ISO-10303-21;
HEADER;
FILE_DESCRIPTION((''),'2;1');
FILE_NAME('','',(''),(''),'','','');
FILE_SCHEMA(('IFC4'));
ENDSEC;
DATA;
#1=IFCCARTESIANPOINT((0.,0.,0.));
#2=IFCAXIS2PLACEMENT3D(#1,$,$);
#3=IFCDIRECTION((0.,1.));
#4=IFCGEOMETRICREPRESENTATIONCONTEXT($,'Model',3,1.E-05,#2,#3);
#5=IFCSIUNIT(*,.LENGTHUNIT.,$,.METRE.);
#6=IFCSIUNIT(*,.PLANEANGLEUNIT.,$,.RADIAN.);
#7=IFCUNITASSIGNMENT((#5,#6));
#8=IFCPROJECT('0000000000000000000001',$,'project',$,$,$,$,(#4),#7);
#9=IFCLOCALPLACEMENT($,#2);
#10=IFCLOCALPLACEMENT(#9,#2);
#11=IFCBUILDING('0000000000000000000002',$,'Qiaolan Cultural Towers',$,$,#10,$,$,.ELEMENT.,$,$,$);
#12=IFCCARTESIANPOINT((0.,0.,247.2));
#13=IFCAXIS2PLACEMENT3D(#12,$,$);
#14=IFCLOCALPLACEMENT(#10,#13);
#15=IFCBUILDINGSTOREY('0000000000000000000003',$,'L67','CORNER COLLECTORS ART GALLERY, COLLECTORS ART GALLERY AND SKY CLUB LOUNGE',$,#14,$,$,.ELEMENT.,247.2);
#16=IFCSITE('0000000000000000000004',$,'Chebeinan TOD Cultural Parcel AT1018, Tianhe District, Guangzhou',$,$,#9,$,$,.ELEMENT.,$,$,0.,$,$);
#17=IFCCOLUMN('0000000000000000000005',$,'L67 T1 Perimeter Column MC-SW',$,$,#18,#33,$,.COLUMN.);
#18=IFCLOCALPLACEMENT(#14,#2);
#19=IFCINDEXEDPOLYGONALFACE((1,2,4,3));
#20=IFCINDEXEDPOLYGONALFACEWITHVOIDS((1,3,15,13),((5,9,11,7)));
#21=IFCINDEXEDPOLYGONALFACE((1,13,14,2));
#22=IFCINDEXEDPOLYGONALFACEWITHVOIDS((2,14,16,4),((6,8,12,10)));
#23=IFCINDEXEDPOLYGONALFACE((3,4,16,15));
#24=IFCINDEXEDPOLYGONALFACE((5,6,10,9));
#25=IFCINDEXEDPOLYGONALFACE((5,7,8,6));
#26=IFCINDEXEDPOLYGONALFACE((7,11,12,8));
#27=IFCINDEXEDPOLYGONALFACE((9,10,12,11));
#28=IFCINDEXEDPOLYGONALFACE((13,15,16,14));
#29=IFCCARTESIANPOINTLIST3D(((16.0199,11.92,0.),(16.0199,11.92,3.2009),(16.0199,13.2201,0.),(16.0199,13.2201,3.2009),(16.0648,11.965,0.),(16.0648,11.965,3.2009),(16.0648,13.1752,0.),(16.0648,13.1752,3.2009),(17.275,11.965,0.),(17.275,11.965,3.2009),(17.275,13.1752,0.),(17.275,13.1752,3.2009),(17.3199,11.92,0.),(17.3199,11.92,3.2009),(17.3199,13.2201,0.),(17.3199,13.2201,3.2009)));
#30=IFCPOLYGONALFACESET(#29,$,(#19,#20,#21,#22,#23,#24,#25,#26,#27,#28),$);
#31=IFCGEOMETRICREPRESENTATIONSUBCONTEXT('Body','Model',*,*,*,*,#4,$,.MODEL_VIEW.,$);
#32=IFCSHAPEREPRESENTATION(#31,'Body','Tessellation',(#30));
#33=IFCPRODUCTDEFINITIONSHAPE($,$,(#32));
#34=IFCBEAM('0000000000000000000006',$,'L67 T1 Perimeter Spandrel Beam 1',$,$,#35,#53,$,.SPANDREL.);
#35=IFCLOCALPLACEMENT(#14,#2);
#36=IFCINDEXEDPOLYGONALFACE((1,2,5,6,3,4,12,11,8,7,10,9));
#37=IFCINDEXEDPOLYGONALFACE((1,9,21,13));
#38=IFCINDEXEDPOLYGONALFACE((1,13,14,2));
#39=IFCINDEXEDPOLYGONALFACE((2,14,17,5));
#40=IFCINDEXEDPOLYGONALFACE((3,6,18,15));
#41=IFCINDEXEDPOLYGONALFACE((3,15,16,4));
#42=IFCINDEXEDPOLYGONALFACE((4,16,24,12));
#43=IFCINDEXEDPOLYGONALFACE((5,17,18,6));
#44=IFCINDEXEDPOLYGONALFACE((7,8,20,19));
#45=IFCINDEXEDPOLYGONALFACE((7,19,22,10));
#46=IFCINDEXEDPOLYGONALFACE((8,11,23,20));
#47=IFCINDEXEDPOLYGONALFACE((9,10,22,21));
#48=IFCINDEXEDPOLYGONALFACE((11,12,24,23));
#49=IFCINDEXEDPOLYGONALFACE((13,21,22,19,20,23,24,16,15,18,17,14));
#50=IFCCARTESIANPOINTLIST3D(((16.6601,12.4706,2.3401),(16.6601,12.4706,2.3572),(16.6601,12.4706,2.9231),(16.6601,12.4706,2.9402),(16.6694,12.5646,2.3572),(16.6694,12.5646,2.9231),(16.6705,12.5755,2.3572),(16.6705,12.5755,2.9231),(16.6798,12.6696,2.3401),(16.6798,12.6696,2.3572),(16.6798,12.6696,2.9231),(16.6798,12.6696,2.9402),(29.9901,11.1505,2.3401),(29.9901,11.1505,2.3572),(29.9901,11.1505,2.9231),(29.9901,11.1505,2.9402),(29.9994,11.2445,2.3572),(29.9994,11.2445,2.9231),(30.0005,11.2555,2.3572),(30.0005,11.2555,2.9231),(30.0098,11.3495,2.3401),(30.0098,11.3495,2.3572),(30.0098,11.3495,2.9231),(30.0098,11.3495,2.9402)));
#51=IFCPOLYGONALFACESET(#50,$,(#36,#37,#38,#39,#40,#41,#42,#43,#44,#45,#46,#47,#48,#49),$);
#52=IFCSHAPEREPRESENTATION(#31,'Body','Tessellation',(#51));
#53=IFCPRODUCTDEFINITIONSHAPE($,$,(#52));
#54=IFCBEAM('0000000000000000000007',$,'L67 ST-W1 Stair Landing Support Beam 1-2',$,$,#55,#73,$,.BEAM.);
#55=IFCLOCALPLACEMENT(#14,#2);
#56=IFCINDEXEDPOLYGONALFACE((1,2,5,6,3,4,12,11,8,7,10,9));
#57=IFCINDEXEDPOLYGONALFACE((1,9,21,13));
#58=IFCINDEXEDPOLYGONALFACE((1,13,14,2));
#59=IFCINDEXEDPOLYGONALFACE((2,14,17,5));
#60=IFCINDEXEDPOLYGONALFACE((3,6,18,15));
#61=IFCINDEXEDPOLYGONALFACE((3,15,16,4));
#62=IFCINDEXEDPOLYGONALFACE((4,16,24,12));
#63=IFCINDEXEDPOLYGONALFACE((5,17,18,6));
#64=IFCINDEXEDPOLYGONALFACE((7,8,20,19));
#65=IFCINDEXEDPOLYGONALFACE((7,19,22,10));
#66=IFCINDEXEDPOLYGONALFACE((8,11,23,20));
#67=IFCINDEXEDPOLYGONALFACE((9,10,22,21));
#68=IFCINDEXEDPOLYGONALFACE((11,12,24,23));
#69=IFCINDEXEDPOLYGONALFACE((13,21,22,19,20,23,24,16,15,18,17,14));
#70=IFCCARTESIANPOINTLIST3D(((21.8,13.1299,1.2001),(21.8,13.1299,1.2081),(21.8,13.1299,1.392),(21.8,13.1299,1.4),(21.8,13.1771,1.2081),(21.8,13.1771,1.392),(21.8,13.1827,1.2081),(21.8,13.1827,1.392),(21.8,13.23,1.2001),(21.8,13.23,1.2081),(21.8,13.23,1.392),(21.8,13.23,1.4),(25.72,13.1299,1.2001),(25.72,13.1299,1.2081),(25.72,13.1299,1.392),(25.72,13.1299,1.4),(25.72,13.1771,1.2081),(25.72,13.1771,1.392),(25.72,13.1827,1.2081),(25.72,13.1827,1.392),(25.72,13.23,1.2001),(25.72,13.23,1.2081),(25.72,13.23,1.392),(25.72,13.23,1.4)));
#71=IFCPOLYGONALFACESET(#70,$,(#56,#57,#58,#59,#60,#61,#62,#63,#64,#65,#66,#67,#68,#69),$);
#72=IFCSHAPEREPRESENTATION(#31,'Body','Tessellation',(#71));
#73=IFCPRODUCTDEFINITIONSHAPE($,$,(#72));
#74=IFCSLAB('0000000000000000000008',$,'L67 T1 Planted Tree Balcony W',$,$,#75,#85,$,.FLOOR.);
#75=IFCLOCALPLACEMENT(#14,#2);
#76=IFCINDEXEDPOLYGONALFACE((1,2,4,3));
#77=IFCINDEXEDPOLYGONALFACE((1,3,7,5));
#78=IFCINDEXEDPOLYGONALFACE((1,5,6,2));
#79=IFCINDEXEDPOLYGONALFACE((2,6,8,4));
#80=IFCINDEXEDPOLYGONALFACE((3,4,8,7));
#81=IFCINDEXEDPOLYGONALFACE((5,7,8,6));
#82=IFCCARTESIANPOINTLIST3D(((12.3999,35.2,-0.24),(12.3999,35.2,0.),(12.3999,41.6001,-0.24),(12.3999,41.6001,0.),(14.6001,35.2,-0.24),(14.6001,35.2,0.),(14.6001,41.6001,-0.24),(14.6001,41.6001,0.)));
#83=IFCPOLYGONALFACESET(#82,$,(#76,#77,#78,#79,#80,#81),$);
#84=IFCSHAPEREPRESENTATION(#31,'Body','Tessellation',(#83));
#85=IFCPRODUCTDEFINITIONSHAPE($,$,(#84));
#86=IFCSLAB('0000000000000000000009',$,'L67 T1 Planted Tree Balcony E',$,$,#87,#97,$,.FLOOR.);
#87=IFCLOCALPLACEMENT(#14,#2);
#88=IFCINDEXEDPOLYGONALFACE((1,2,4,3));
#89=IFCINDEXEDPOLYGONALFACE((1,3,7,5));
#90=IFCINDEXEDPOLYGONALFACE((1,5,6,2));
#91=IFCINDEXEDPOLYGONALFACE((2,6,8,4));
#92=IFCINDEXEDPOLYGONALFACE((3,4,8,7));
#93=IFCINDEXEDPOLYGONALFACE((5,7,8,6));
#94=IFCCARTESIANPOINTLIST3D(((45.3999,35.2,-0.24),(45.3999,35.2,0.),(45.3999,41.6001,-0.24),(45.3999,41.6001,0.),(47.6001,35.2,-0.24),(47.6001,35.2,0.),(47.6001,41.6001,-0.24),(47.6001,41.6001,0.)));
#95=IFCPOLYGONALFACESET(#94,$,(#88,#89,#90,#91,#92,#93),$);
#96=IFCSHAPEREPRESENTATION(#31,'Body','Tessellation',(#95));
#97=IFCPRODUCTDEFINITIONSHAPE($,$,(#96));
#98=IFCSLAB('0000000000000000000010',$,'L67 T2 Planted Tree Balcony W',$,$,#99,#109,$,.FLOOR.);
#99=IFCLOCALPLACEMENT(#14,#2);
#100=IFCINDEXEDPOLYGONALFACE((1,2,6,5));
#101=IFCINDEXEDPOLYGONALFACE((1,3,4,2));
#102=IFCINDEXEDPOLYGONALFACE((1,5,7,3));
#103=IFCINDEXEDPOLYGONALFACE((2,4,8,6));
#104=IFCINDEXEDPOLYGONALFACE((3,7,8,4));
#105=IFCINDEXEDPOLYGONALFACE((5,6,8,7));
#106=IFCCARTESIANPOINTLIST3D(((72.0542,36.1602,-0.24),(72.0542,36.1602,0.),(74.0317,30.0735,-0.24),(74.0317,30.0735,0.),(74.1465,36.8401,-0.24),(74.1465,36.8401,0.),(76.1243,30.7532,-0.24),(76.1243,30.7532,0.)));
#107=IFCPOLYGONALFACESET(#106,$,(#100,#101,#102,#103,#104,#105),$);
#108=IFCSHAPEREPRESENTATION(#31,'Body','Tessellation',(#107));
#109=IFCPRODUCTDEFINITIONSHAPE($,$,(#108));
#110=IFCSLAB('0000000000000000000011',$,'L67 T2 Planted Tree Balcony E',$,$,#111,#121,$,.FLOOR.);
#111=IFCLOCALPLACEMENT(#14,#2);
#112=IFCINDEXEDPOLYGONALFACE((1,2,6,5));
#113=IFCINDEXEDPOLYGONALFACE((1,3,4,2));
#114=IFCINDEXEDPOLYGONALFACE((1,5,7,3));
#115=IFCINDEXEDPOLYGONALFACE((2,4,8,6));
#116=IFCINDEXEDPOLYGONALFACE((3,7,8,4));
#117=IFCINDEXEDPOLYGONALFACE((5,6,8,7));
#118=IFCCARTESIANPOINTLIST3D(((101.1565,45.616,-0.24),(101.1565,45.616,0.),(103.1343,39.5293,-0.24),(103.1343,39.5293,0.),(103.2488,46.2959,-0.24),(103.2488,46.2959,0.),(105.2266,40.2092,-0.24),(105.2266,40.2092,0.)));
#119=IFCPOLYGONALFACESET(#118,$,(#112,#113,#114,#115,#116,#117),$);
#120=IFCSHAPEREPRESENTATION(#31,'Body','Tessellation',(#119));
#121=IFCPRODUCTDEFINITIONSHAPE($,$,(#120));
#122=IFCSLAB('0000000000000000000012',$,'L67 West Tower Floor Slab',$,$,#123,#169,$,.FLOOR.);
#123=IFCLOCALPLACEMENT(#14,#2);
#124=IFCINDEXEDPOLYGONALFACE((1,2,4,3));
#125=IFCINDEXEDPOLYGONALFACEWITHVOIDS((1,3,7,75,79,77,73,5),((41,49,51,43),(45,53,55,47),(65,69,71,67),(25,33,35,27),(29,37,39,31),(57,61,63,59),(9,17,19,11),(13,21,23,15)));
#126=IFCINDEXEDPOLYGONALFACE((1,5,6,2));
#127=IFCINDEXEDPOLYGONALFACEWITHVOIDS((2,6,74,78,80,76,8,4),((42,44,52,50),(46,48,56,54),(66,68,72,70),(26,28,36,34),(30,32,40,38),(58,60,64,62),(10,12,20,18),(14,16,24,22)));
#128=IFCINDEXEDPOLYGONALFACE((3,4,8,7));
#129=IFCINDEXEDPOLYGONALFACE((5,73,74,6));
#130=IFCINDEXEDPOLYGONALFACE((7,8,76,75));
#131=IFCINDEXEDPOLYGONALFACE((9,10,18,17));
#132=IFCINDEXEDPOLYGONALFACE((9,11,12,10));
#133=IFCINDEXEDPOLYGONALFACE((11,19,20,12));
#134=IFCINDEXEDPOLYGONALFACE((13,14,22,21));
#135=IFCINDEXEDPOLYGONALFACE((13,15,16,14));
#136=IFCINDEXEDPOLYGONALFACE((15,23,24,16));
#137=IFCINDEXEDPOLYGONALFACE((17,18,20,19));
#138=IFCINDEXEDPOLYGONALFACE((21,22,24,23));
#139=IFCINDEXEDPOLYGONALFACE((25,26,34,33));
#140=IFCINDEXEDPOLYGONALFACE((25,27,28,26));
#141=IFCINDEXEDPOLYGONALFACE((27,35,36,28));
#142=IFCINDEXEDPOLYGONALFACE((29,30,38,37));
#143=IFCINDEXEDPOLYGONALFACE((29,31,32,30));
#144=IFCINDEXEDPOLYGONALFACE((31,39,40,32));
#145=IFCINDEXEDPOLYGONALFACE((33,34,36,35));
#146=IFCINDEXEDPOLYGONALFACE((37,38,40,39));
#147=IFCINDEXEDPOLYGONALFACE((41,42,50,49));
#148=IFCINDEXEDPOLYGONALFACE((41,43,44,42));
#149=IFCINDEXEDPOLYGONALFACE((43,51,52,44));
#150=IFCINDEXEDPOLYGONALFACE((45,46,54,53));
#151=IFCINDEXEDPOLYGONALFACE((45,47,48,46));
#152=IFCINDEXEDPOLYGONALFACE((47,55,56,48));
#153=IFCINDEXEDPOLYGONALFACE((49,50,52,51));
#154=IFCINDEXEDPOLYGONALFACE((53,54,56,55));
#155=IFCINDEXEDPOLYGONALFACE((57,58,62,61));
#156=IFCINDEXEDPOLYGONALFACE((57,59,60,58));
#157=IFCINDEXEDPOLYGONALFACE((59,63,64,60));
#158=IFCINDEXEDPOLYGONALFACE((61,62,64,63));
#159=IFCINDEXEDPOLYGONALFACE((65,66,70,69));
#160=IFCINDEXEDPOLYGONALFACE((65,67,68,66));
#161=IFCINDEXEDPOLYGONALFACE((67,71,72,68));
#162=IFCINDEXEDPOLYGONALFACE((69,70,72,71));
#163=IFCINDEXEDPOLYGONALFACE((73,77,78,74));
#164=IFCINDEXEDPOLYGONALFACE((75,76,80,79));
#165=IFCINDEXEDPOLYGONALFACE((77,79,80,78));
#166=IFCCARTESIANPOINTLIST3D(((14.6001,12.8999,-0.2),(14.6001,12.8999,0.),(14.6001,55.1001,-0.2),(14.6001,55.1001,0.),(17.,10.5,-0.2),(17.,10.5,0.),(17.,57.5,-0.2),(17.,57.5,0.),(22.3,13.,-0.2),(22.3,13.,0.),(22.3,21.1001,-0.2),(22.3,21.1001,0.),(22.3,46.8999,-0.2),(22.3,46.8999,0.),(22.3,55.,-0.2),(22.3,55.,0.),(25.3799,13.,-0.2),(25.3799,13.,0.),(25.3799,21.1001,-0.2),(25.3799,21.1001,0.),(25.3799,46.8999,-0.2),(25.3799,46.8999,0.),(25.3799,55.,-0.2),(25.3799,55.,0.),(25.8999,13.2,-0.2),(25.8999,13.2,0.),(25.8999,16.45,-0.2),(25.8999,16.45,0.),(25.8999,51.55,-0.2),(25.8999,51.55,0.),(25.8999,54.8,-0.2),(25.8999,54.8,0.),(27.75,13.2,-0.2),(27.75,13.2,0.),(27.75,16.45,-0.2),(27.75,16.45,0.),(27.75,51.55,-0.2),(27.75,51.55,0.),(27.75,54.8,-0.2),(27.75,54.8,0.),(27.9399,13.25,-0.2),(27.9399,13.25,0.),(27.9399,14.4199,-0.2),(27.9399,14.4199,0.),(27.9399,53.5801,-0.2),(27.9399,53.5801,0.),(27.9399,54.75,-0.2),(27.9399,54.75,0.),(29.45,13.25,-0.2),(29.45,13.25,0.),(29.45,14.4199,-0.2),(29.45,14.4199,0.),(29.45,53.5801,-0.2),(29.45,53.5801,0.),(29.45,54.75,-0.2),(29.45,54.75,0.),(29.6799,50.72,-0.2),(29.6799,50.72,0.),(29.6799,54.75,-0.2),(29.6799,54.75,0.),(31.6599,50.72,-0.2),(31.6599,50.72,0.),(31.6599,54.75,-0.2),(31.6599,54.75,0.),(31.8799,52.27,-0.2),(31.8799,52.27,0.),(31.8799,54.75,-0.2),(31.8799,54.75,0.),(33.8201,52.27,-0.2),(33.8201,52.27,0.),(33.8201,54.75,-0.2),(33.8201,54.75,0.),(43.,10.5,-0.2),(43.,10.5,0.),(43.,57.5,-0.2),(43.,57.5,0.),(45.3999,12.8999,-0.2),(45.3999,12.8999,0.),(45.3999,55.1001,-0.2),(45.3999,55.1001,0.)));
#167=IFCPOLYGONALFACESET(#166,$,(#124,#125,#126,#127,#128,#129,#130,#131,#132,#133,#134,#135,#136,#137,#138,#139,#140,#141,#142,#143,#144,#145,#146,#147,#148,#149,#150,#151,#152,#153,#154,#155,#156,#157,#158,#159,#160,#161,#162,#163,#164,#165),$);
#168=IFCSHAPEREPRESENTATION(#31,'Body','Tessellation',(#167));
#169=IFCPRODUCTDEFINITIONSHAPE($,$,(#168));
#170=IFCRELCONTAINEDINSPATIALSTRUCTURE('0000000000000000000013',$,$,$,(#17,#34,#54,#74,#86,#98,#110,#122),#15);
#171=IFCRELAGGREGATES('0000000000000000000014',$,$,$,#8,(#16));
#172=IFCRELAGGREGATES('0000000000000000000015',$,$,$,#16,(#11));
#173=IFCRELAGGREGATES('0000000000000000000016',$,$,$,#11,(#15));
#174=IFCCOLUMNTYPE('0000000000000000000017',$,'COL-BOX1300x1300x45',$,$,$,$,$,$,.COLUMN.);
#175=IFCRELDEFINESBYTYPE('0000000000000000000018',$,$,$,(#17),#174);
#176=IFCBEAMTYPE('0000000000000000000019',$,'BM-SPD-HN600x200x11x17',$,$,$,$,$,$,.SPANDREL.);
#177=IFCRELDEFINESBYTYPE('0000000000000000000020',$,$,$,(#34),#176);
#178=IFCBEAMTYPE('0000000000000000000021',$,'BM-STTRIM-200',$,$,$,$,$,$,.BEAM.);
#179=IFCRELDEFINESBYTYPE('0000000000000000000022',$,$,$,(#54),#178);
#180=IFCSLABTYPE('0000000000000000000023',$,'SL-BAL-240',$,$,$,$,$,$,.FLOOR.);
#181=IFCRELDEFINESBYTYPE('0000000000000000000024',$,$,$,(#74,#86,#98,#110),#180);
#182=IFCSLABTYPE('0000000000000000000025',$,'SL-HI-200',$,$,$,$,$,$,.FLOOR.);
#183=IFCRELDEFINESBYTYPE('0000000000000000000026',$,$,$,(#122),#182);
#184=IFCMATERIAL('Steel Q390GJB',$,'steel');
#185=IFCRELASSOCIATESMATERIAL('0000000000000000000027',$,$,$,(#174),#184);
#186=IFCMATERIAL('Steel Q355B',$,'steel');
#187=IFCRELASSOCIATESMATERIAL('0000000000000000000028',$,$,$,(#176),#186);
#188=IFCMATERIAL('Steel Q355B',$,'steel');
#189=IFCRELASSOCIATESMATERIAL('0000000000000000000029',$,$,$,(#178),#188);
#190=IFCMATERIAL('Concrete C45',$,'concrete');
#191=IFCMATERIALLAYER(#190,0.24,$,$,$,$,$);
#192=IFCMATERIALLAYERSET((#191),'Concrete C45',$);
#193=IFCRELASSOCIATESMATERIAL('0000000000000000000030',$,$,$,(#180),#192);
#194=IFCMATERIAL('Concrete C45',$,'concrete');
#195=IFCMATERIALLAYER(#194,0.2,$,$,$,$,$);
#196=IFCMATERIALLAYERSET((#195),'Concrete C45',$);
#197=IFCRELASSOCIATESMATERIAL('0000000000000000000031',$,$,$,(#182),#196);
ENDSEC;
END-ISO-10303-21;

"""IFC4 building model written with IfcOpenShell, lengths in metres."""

from ifc_helpers import new_model, si_unit, direction, frame, origin, origin_2d, place, context, subcontext, project, spatial, polyline, hollow_rectangle, i_section, outline, extrude, material, layer, layer_set, material_profile, profile_set, type_object, element, save


model = new_model("IFC4")

# Units and contexts
model_context = context("Model", 3, precision=1e-05, world=origin(), true_north=direction((0.0, 1.0)))
body_context = subcontext(model_context, "Body", "Model", "MODEL_VIEW")
ifc_project = project(units=[si_unit("LENGTHUNIT", "METRE"), si_unit("PLANEANGLEUNIT", "RADIAN")], contexts=[model_context])

# Site, building, storey
site_placement = place(None, origin())
site = spatial("IfcSite", under=ifc_project, at=site_placement, Name="Chebeinan TOD Cultural Parcel AT1018, Tianhe District, Guangzhou", CompositionType="ELEMENT", RefElevation=0.0)
building_placement = place(site_placement, origin())
building = spatial("IfcBuilding", under=site, at=building_placement, Name="Qiaolan Cultural Towers", CompositionType="ELEMENT")
storey_placement = place(building_placement, frame((0.0, 0.0, 247.2)))
storey = spatial("IfcBuildingStorey", under=building, at=storey_placement, Name="L67", Description="CORNER COLLECTORS ART GALLERY, COLLECTORS ART GALLERY AND SKY CLUB LOUNGE", CompositionType="ELEMENT", Elevation=247.2)

# Column
ifc_material_1 = material(Name="Steel Q390GJB", Category="steel")
ifc_material_profile_1 = material_profile(ifc_material_1, hollow_rectangle(XDim=1.3, YDim=1.3, WallThickness=0.0449, at=origin_2d()), Name="BOX1300x1300x45")
ifc_profile_set_1 = profile_set([ifc_material_profile_1], Name="Steel Q390GJB")
column_type = type_object("IfcColumnType", Name="COL-BOX1300x1300x45", PredefinedType="COLUMN", material=ifc_profile_set_1)
column_placement = place(storey_placement, frame((16.6699, 12.5701, 0.0), z_axis=(0.0, 0.0, 1.0), x_axis=(1.0, 0.0, 0.0)))
element("IfcColumn", 1, at=column_placement, inside=storey, type_object=column_type, Name="L67 T1 Perimeter Column MC-SW", PredefinedType="COLUMN", context=body_context, shape_type="SweptSolid", body=[
    extrude(hollow_rectangle(XDim=1.3, YDim=1.3, WallThickness=0.0449, at=origin_2d()), origin(), (0.0, 0.0, 1.0), 3.2009),
])

# Beams
ifc_material_2 = material(Name="Steel Q355B", Category="steel")
ifc_material_profile_2 = material_profile(ifc_material_2, i_section(OverallWidth=0.2, OverallDepth=0.6001, WebThickness=0.011, FlangeThickness=0.0171, at=origin_2d()), Name="HN600x200x11x17")
ifc_profile_set_2 = profile_set([ifc_material_profile_2], Name="Steel Q355B")
beam_type_1 = type_object("IfcBeamType", Name="BM-SPD-HN600x200x11x17", PredefinedType="SPANDREL", material=ifc_profile_set_2)
beam_1_placement = place(storey_placement, frame((16.6699, 12.5701, 2.6401), z_axis=(0.995132, -0.098547, 0.0), x_axis=(0.098547, 0.995132, 0.0)))
element("IfcBeam", 2, at=beam_1_placement, inside=storey, type_object=beam_type_1, Name="L67 T1 Perimeter Spandrel Beam 1", PredefinedType="SPANDREL", context=body_context, shape_type="SweptSolid", body=[
    extrude(i_section(OverallWidth=0.2, OverallDepth=0.6001, WebThickness=0.011, FlangeThickness=0.0171, at=origin_2d()), origin(), (0.0, 0.0, 1.0), 13.3953),
])
ifc_material_3 = material(Name="Steel Q355B", Category="steel")
ifc_material_profile_3 = material_profile(ifc_material_3, i_section(OverallWidth=0.1001, OverallDepth=0.2, WebThickness=0.0056, FlangeThickness=0.0081, at=origin_2d()), Name="HN200x100x5.5x8")
ifc_profile_set_3 = profile_set([ifc_material_profile_3], Name="Steel Q355B")
beam_type_2 = type_object("IfcBeamType", Name="BM-STTRIM-200", PredefinedType="BEAM", material=ifc_profile_set_3)
beam_2_placement = place(storey_placement, frame((21.8, 13.1799, 1.3), z_axis=(1.0, 0.0, 0.0), x_axis=(0.0, 1.0, 0.0)))
element("IfcBeam", 3, at=beam_2_placement, inside=storey, type_object=beam_type_2, Name="L67 ST-W1 Stair Landing Support Beam 1-2", PredefinedType="BEAM", context=body_context, shape_type="SweptSolid", body=[
    extrude(i_section(OverallWidth=0.1001, OverallDepth=0.2, WebThickness=0.0056, FlangeThickness=0.0081, at=origin_2d()), origin(), (0.0, 0.0, 1.0), 3.9199),
])

# Slabs
ifc_material_4 = material(Name="Concrete C45", Category="concrete")
ifc_layer_1 = layer(ifc_material_4, 0.24)
ifc_layer_set_1 = layer_set([ifc_layer_1], Name="Concrete C45")
slab_type_1 = type_object("IfcSlabType", Name="SL-BAL-240", PredefinedType="FLOOR", material=ifc_layer_set_1)
slab_1_placement = place(storey_placement, frame((0.0, 0.0, -0.24)))
element("IfcSlab", 4, at=slab_1_placement, inside=storey, type_object=slab_type_1, Name="L67 T1 Planted Tree Balcony W", PredefinedType="FLOOR", context=body_context, shape_type="SweptSolid", body=[
    extrude(outline(polyline([(12.3999, 35.2), (14.6001, 35.2), (14.6001, 41.6001), (12.3999, 41.6001), (12.3999, 35.2)])), origin(), (0.0, 0.0, 1.0), 0.24),
])
slab_2_placement = place(storey_placement, frame((0.0, 0.0, -0.24)))
element("IfcSlab", 5, at=slab_2_placement, inside=storey, type_object=slab_type_1, Name="L67 T1 Planted Tree Balcony E", PredefinedType="FLOOR", context=body_context, shape_type="SweptSolid", body=[
    extrude(outline(polyline([(45.3999, 35.2), (47.6001, 35.2), (47.6001, 41.6001), (45.3999, 41.6001), (45.3999, 35.2)])), origin(), (0.0, 0.0, 1.0), 0.24),
])
slab_3_placement = place(storey_placement, frame((0.0, 0.0, -0.24)))
element("IfcSlab", 6, at=slab_3_placement, inside=storey, type_object=slab_type_1, Name="L67 T2 Planted Tree Balcony W", PredefinedType="FLOOR", context=body_context, shape_type="SweptSolid", body=[
    extrude(outline(polyline([(74.0317, 30.0735), (76.1243, 30.7532), (74.1465, 36.8401), (72.0542, 36.1602), (74.0317, 30.0735)])), origin(), (0.0, 0.0, 1.0), 0.24),
])
slab_4_placement = place(storey_placement, frame((0.0, 0.0, -0.24)))
element("IfcSlab", 7, at=slab_4_placement, inside=storey, type_object=slab_type_1, Name="L67 T2 Planted Tree Balcony E", PredefinedType="FLOOR", context=body_context, shape_type="SweptSolid", body=[
    extrude(outline(polyline([(103.1343, 39.5293), (105.2266, 40.2092), (103.2488, 46.2959), (101.1565, 45.616), (103.1343, 39.5293)])), origin(), (0.0, 0.0, 1.0), 0.24),
])
ifc_material_5 = material(Name="Concrete C45", Category="concrete")
ifc_layer_2 = layer(ifc_material_5, 0.2)
ifc_layer_set_2 = layer_set([ifc_layer_2], Name="Concrete C45")
slab_type_2 = type_object("IfcSlabType", Name="SL-HI-200", PredefinedType="FLOOR", material=ifc_layer_set_2)
slab_5_placement = place(storey_placement, frame((0.0, 0.0, -0.2)))
element("IfcSlab", 8, at=slab_5_placement, inside=storey, type_object=slab_type_2, Name="L67 West Tower Floor Slab", PredefinedType="FLOOR", context=body_context, shape_type="SweptSolid", body=[
    extrude(outline(polyline([(17.0, 10.5), (43.0, 10.5), (45.3999, 12.8999), (45.3999, 55.1001), (43.0, 57.5), (17.0, 57.5), (14.6001, 55.1001), (14.6001, 12.8999), (17.0, 10.5)]), holes=[polyline([(22.3, 21.1001), (22.3, 13.0), (25.3799, 13.0), (25.3799, 21.1001), (22.3, 21.1001)]), polyline([(25.3799, 46.8999), (25.3799, 55.0), (22.3, 55.0), (22.3, 46.8999), (25.3799, 46.8999)]), polyline([(25.8999, 13.2), (27.75, 13.2), (27.75, 16.45), (25.8999, 16.45), (25.8999, 13.2)]), polyline([(27.9399, 13.25), (29.45, 13.25), (29.45, 14.4199), (27.9399, 14.4199), (27.9399, 13.25)]), polyline([(25.8999, 51.55), (27.75, 51.55), (27.75, 54.8), (25.8999, 54.8), (25.8999, 51.55)]), polyline([(27.9399, 53.5801), (29.45, 53.5801), (29.45, 54.75), (27.9399, 54.75), (27.9399, 53.5801)]), polyline([(31.8799, 52.27), (33.8201, 52.27), (33.8201, 54.75), (31.8799, 54.75), (31.8799, 52.27)]), polyline([(29.6799, 50.72), (31.6599, 50.72), (31.6599, 54.75), (29.6799, 54.75), (29.6799, 50.72)])]), origin(), (0.0, 0.0, 1.0), 0.2),
])

save(model, "model.ifc")
